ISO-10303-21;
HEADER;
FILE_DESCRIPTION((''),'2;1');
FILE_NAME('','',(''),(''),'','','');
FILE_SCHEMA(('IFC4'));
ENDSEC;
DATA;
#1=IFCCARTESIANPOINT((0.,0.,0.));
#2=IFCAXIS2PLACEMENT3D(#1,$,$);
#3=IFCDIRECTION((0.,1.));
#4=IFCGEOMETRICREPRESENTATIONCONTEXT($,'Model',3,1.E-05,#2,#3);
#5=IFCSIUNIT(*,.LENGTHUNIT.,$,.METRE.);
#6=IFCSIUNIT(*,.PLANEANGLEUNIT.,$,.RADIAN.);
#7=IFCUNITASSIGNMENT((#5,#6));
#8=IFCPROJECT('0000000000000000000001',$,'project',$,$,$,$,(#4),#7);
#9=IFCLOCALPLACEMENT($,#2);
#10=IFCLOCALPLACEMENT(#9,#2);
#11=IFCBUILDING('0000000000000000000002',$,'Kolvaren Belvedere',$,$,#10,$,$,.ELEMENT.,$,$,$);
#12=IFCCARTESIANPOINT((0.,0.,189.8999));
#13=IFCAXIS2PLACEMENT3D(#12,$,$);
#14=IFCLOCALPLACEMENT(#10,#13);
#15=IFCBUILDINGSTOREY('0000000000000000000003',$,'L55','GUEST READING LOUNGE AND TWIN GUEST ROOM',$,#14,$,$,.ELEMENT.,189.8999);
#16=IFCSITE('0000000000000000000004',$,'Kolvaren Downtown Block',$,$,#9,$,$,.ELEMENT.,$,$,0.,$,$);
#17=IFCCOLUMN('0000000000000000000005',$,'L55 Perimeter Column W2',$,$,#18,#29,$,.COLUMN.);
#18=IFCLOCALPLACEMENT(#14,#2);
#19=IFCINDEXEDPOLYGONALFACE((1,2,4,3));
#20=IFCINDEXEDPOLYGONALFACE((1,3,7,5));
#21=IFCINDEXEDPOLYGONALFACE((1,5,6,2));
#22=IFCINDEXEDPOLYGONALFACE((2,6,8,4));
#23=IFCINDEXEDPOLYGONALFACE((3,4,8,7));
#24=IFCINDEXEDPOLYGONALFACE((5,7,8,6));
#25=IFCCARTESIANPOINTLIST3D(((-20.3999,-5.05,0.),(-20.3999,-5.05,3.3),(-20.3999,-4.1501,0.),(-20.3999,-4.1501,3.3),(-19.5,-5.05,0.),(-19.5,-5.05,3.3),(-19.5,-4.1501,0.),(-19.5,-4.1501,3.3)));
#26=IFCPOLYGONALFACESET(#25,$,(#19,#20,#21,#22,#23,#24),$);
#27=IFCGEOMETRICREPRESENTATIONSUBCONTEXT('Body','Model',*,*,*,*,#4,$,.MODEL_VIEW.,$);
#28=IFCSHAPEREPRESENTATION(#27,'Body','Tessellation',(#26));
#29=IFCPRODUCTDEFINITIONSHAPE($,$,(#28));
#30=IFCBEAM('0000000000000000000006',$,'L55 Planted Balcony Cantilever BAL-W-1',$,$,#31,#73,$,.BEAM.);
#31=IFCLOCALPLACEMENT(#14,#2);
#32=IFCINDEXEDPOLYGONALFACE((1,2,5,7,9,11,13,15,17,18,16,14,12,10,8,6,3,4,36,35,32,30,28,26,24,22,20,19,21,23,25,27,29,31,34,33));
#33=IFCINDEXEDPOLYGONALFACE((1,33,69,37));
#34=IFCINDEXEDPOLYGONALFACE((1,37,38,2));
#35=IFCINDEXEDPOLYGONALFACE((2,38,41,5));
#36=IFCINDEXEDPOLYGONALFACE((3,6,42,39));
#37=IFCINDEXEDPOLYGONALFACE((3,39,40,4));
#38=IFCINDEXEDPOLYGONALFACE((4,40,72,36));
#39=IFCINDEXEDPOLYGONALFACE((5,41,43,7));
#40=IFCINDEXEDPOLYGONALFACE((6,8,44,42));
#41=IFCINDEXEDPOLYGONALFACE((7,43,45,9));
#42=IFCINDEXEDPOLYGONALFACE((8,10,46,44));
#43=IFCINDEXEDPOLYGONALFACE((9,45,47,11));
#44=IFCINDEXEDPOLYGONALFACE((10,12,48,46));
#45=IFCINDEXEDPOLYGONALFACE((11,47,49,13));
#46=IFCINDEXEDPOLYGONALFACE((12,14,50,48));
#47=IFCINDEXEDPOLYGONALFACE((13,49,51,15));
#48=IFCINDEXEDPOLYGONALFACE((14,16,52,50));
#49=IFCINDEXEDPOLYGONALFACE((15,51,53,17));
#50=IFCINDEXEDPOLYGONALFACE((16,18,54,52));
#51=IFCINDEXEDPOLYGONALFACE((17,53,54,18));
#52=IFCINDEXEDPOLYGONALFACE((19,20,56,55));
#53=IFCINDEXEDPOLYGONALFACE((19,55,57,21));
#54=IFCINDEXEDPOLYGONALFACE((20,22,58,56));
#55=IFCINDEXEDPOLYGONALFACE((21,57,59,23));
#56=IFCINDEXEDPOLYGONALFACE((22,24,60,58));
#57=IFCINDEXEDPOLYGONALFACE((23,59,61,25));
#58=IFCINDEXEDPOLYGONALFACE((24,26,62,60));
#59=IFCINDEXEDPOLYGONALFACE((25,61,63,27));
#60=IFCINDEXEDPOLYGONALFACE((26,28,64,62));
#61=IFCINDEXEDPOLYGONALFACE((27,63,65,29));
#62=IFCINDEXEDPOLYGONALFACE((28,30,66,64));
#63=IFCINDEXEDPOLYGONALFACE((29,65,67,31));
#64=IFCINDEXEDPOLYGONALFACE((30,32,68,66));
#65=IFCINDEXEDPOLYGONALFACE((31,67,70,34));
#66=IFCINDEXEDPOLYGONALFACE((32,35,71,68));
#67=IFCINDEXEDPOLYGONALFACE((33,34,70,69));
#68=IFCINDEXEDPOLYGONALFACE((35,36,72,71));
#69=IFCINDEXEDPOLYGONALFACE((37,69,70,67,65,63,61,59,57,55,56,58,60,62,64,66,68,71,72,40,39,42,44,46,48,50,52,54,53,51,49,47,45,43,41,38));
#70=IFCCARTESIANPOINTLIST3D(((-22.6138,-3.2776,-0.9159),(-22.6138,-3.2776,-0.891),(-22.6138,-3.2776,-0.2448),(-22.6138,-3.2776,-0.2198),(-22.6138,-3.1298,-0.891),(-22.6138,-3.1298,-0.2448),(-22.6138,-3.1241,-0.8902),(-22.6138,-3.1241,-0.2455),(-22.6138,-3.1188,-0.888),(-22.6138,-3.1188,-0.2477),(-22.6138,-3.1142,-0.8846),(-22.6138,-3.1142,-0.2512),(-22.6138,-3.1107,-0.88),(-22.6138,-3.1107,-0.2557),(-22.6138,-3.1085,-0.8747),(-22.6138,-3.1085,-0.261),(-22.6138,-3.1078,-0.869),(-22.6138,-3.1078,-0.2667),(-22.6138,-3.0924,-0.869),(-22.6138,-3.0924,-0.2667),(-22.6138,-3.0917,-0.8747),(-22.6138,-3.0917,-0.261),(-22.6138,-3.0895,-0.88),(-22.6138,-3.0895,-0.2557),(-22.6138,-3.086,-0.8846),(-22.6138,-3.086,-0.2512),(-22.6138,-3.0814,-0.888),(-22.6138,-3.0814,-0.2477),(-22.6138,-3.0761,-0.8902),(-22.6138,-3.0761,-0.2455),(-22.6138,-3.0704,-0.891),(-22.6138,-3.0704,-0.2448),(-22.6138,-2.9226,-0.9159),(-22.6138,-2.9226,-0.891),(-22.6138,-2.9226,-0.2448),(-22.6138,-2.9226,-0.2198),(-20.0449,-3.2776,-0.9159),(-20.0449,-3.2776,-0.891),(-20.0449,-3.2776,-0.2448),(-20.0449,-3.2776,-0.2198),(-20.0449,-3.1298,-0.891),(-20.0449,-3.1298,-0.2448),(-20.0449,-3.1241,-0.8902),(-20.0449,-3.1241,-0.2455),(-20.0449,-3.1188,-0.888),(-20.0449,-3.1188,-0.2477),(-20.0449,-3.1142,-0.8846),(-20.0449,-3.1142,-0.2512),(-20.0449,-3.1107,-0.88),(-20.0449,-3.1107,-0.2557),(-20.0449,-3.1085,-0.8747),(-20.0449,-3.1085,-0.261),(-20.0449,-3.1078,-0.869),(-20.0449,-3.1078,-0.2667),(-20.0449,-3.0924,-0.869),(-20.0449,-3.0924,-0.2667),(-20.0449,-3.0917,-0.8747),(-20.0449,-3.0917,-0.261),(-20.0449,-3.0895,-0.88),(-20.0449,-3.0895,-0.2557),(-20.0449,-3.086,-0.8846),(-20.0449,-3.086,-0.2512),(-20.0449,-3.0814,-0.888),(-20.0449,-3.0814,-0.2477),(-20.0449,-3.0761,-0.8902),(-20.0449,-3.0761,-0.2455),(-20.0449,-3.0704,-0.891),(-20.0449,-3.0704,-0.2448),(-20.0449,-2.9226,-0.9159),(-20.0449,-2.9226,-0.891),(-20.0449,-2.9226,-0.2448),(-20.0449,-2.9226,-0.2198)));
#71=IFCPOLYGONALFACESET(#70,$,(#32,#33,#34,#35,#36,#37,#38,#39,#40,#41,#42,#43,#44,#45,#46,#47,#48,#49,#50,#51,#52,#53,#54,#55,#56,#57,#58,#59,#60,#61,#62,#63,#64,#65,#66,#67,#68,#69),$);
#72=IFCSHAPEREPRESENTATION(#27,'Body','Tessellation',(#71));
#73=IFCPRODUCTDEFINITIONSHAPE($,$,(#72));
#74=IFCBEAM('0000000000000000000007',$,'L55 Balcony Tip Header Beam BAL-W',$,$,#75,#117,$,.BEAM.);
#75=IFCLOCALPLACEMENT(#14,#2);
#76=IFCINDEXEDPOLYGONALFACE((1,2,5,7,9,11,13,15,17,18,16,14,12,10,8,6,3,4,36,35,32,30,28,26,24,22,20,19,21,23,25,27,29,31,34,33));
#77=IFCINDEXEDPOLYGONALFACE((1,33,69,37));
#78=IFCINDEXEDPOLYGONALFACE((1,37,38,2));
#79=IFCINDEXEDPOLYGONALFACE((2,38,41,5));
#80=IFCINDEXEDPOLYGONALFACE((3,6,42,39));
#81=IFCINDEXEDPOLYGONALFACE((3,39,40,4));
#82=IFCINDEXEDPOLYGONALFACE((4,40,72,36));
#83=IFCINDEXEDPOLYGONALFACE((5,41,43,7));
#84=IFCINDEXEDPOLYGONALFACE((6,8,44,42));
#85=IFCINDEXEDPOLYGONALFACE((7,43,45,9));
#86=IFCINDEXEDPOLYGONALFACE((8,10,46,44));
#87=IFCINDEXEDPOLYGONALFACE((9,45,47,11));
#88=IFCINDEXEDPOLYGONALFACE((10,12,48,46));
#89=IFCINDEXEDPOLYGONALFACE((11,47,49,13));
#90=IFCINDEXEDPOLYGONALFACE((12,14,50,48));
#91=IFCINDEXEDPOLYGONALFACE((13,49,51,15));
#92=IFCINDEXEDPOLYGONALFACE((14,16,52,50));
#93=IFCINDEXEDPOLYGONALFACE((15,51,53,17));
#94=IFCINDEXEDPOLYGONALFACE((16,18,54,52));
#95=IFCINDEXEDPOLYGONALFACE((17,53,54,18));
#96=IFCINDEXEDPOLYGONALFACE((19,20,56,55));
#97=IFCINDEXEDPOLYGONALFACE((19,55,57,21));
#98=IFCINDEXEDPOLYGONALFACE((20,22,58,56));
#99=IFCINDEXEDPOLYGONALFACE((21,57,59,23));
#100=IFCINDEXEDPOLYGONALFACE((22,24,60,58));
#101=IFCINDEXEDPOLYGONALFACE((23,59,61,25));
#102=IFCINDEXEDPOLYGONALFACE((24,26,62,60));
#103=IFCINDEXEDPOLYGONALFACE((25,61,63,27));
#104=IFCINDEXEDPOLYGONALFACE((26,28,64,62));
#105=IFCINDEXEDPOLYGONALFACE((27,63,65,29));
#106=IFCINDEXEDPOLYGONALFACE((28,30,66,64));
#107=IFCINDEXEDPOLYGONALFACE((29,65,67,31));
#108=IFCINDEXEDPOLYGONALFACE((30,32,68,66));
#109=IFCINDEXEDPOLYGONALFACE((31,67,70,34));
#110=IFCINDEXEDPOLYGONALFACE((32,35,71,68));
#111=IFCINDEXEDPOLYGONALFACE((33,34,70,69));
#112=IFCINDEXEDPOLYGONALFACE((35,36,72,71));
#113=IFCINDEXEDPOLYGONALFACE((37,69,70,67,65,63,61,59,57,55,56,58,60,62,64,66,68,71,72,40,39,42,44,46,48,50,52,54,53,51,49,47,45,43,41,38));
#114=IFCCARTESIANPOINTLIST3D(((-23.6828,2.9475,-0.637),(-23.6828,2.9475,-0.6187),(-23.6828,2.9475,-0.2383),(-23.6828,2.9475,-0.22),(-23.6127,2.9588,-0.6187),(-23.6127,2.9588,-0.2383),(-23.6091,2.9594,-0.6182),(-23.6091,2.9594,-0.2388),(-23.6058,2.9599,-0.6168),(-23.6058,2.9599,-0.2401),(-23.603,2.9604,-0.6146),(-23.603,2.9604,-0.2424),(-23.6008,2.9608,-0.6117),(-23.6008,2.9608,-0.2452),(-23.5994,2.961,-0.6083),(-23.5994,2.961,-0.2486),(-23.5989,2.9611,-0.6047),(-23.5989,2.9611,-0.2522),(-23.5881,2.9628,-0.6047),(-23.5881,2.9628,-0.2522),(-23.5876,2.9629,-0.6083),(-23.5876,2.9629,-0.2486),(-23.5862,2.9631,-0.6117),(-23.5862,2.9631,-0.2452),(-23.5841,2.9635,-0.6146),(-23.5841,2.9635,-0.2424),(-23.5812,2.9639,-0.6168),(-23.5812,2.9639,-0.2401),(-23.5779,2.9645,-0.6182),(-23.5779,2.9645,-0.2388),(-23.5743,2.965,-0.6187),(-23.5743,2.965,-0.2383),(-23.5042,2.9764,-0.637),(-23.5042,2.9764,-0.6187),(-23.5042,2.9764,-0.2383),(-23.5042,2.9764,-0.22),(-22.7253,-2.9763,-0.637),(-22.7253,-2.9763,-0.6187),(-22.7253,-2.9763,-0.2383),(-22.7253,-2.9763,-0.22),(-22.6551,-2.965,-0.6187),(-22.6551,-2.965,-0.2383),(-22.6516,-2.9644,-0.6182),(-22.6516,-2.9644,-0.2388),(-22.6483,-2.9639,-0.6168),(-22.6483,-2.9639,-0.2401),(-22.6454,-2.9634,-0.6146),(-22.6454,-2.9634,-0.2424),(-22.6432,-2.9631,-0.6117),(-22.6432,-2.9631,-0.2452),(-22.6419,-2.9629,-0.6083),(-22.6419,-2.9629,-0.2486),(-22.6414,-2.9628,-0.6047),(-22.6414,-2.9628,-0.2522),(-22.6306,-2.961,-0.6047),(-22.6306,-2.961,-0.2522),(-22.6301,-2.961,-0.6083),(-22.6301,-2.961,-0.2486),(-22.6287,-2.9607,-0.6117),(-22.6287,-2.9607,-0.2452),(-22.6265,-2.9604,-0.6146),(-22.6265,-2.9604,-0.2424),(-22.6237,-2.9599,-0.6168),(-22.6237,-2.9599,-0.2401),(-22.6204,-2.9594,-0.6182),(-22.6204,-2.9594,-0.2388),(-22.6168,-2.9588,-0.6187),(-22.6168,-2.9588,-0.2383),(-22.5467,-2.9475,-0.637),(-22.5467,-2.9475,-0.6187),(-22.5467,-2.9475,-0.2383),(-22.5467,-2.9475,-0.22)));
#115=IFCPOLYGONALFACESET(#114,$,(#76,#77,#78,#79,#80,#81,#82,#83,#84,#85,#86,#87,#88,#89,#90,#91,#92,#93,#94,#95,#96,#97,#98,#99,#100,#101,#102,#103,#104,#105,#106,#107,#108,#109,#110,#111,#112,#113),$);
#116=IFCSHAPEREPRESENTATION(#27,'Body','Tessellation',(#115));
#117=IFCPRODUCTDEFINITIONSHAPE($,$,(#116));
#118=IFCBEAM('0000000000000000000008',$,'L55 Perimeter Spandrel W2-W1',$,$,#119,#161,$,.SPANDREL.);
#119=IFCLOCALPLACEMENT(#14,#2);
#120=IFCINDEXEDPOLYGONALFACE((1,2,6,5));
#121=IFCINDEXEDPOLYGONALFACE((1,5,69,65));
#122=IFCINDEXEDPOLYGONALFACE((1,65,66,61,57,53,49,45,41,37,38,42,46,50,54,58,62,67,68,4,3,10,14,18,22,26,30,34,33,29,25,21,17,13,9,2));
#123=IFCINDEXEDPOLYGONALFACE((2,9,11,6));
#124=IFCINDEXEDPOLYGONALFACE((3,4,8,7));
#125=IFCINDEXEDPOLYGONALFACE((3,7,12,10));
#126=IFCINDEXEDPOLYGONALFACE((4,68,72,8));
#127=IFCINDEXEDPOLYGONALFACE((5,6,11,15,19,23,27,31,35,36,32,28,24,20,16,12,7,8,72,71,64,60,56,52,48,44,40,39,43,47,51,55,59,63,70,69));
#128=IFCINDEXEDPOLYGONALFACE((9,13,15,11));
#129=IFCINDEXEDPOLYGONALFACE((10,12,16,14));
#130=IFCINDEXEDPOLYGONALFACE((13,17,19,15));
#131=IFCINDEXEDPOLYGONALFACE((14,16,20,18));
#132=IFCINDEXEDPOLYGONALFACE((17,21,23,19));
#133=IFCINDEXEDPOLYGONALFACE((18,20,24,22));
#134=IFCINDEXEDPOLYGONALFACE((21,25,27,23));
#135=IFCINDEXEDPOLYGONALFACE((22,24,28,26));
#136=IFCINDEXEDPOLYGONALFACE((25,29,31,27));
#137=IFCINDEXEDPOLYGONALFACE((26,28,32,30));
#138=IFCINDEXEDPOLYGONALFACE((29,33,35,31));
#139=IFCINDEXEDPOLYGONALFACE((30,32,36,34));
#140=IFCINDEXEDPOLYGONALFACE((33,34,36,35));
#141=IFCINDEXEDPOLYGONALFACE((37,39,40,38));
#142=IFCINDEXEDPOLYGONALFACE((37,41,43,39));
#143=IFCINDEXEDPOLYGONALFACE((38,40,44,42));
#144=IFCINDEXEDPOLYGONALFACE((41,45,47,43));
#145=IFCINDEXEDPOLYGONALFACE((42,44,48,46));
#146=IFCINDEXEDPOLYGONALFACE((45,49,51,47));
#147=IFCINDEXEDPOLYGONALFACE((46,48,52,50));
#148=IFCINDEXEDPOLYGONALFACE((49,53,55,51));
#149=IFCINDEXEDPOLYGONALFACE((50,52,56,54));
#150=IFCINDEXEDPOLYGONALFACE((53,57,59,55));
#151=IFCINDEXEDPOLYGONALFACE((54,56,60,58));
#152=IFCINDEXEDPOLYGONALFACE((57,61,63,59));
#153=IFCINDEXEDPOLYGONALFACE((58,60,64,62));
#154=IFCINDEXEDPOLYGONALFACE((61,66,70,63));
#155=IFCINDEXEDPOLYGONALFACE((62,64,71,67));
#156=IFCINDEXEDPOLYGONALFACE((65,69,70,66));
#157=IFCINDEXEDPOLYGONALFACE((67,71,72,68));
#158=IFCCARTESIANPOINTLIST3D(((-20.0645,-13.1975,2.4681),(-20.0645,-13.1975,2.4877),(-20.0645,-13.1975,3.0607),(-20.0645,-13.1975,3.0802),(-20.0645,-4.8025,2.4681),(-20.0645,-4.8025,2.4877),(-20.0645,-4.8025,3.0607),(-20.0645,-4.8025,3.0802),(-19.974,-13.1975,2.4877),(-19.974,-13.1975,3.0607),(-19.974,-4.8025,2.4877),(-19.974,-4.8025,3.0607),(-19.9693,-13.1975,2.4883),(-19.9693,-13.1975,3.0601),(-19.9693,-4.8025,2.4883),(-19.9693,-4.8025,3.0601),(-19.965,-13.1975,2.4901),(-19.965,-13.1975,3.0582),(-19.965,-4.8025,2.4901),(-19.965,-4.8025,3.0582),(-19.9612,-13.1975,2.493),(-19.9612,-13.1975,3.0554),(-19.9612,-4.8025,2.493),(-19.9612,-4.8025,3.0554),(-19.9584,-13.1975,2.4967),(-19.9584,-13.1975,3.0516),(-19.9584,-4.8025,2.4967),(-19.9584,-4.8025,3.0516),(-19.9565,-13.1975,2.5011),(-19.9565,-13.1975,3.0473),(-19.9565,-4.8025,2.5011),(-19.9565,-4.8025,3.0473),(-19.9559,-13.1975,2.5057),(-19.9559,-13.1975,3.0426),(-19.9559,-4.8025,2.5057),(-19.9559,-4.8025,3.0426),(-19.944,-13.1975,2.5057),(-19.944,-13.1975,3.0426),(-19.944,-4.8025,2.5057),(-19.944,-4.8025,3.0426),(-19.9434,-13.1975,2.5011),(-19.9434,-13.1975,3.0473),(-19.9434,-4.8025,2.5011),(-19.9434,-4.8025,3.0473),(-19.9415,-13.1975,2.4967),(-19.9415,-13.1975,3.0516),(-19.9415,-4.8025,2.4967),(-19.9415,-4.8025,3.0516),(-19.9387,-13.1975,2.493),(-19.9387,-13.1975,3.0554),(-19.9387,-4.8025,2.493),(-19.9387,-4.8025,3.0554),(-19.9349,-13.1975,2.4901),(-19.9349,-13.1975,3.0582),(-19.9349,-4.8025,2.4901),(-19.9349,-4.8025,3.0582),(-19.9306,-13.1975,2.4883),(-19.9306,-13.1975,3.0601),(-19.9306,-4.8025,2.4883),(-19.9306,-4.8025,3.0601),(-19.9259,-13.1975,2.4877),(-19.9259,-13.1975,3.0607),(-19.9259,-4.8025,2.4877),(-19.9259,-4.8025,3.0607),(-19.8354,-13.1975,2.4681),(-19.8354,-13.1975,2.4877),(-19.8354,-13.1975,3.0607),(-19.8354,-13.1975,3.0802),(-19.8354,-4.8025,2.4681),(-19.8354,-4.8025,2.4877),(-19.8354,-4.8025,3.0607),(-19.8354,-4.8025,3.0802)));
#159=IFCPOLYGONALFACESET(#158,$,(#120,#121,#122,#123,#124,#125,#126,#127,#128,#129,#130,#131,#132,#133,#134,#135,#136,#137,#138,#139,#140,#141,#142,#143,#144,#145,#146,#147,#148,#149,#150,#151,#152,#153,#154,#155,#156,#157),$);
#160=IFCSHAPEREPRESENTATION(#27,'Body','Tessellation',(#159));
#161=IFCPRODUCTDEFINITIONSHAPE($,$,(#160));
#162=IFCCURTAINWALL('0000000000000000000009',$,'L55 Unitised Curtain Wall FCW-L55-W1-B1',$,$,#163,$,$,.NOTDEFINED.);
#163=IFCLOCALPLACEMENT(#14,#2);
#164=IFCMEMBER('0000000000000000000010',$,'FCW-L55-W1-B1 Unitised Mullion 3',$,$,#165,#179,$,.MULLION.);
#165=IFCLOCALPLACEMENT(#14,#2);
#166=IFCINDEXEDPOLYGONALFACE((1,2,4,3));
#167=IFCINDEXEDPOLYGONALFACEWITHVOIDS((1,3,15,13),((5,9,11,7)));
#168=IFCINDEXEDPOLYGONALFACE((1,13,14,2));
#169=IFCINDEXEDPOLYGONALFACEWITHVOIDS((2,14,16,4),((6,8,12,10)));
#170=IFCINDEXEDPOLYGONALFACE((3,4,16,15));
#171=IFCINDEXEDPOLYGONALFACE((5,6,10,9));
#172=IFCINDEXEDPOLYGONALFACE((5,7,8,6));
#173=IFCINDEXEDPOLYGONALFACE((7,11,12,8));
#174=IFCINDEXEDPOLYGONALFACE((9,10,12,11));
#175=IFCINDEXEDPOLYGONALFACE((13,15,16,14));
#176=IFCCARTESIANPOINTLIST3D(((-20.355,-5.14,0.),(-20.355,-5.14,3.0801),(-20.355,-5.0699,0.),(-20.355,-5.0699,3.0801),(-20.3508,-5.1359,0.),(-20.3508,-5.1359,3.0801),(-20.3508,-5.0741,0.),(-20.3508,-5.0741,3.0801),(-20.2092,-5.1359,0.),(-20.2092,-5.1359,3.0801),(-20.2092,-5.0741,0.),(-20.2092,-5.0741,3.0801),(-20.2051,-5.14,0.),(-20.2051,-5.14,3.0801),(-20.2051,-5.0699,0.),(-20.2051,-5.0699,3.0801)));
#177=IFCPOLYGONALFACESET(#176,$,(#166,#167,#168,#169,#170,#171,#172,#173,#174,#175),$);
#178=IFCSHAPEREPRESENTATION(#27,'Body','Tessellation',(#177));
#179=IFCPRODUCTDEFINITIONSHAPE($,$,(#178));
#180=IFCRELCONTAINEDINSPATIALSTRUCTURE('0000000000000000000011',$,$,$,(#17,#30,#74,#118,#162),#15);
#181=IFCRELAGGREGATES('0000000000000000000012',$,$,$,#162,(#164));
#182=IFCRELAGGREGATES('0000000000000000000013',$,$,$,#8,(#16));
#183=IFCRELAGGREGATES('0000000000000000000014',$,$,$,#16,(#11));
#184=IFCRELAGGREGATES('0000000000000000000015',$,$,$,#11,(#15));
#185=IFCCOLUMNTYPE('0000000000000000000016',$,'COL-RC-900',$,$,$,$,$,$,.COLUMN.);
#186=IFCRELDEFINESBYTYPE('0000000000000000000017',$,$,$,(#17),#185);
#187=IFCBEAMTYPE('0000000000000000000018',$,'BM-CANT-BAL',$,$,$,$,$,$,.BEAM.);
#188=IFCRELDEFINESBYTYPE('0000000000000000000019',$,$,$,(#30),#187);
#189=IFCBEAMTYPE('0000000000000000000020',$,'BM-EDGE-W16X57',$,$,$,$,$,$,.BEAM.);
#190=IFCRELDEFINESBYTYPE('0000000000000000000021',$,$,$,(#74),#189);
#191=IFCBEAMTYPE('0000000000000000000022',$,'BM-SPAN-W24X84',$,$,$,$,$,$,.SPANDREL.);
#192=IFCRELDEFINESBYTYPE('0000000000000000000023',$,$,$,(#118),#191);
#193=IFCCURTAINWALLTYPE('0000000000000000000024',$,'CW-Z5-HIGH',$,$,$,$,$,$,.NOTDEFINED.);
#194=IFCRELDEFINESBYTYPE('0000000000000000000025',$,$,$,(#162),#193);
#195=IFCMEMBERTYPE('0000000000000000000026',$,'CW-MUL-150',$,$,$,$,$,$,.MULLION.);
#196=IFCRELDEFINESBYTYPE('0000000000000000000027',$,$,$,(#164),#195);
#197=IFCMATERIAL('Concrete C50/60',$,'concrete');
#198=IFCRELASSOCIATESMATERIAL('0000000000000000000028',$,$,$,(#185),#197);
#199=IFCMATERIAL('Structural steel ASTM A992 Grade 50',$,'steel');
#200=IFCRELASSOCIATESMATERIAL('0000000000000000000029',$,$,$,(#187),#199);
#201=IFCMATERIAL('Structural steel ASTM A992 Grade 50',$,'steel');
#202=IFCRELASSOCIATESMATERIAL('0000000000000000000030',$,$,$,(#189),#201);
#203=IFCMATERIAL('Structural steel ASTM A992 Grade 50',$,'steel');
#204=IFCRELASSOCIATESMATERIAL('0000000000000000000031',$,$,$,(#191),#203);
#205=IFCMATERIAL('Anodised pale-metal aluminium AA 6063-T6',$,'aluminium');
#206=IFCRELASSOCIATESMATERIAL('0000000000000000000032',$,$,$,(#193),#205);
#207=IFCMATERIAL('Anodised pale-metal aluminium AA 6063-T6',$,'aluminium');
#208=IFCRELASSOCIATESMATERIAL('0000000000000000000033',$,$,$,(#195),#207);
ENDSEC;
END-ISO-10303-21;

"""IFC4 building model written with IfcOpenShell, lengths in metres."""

from ifc_helpers import new_model, si_unit, direction, frame, origin, origin_2d, place, context, subcontext, project, spatial, rectangle, hollow_rectangle, i_section, extrude, material, material_profile, profile_set, type_object, element, aggregate, save


model = new_model("IFC4")

# Units and contexts
model_context = context("Model", 3, precision=1e-05, world=origin(), true_north=direction((0.0, 1.0)))
body_context = subcontext(model_context, "Body", "Model", "MODEL_VIEW")
ifc_project = project(units=[si_unit("LENGTHUNIT", "METRE"), si_unit("PLANEANGLEUNIT", "RADIAN")], contexts=[model_context])

# Site, building, storey
site_placement = place(None, origin())
site = spatial("IfcSite", under=ifc_project, at=site_placement, Name="Kolvaren Downtown Block", CompositionType="ELEMENT", RefElevation=0.0)
building_placement = place(site_placement, origin())
building = spatial("IfcBuilding", under=site, at=building_placement, Name="Kolvaren Belvedere", CompositionType="ELEMENT")
storey_placement = place(building_placement, frame((0.0, 0.0, 189.8999)))
storey = spatial("IfcBuildingStorey", under=building, at=storey_placement, Name="L55", Description="GUEST READING LOUNGE AND TWIN GUEST ROOM", CompositionType="ELEMENT", Elevation=189.8999)

# Column
ifc_material_1 = material(Name="Concrete C50/60", Category="concrete")
ifc_material_profile_1 = material_profile(ifc_material_1, rectangle(XDim=0.8999, YDim=0.8999, at=origin_2d()), Name="RC 900X900")
ifc_profile_set_1 = profile_set([ifc_material_profile_1], Name="Concrete C50/60")
column_type = type_object("IfcColumnType", Name="COL-RC-900", PredefinedType="COLUMN", material=ifc_profile_set_1)
column_placement = place(storey_placement, frame((-19.95, -4.6001, 0.0), z_axis=(0.0, 0.0, 1.0), x_axis=(1.0, 0.0, 0.0)))
element("IfcColumn", 1, at=column_placement, inside=storey, type_object=column_type, Name="L55 Perimeter Column W2", PredefinedType="COLUMN", context=body_context, shape_type="SweptSolid", body=[
    extrude(rectangle(XDim=0.8999, YDim=0.8999, at=origin_2d()), origin(), (0.0, 0.0, 1.0), 3.3),
])

# Beams
ifc_material_2 = material(Name="Structural steel ASTM A992 Grade 50", Category="steel")
ifc_material_profile_2 = material_profile(ifc_material_2, i_section(OverallWidth=0.355, OverallDepth=0.696, WebThickness=0.0154, FlangeThickness=0.0249, FilletRadius=0.022, at=origin_2d()), Name="W27X146")
ifc_profile_set_2 = profile_set([ifc_material_profile_2], Name="Structural steel ASTM A992 Grade 50")
beam_type_1 = type_object("IfcBeamType", Name="BM-CANT-BAL", PredefinedType="BEAM", material=ifc_profile_set_2)
beam_1_placement = place(storey_placement, frame((-20.0449, -3.1001, -0.5679), z_axis=(-1.0, 0.0, 0.0), x_axis=(0.0, -1.0, 0.0)))
element("IfcBeam", 2, at=beam_1_placement, inside=storey, type_object=beam_type_1, Name="L55 Planted Balcony Cantilever BAL-W-1", PredefinedType="BEAM", context=body_context, shape_type="SweptSolid", body=[
    extrude(i_section(OverallWidth=0.355, OverallDepth=0.696, WebThickness=0.0154, FlangeThickness=0.0249, FilletRadius=0.022, at=origin_2d()), origin(), (0.0, 0.0, 1.0), 2.5688),
])
ifc_material_3 = material(Name="Structural steel ASTM A992 Grade 50", Category="steel")
ifc_material_profile_3 = material_profile(ifc_material_3, i_section(OverallWidth=0.1809, OverallDepth=0.417, WebThickness=0.011, FlangeThickness=0.0183, FilletRadius=0.0139, at=origin_2d()), Name="W16X57")
ifc_profile_set_3 = profile_set([ifc_material_profile_3], Name="Structural steel ASTM A992 Grade 50")
beam_type_2 = type_object("IfcBeamType", Name="BM-EDGE-W16X57", PredefinedType="BEAM", material=ifc_profile_set_3)
beam_2_placement = place(storey_placement, frame((-22.636, -2.9619, -0.4285), z_axis=(-0.159568, 0.987187, 0.0), x_axis=(-0.987187, -0.159568, 0.0)))
element("IfcBeam", 3, at=beam_2_placement, inside=storey, type_object=beam_type_2, Name="L55 Balcony Tip Header Beam BAL-W", PredefinedType="BEAM", context=body_context, shape_type="SweptSolid", body=[
    extrude(i_section(OverallWidth=0.1809, OverallDepth=0.417, WebThickness=0.011, FlangeThickness=0.0183, FilletRadius=0.0139, at=origin_2d()), origin(), (0.0, 0.0, 1.0), 6.0007),
])
ifc_material_4 = material(Name="Structural steel ASTM A992 Grade 50", Category="steel")
ifc_material_profile_4 = material_profile(ifc_material_4, i_section(OverallWidth=0.229, OverallDepth=0.6121, WebThickness=0.012, FlangeThickness=0.0195, FilletRadius=0.0181, at=origin_2d()), Name="W24X84")
ifc_profile_set_4 = profile_set([ifc_material_profile_4], Name="Structural steel ASTM A992 Grade 50")
beam_type_3 = type_object("IfcBeamType", Name="BM-SPAN-W24X84", PredefinedType="SPANDREL", material=ifc_profile_set_4)
beam_3_placement = place(storey_placement, frame((-19.95, -4.8025, 2.7742), z_axis=(0.0, -1.0, 0.0), x_axis=(1.0, 0.0, 0.0)))
element("IfcBeam", 4, at=beam_3_placement, inside=storey, type_object=beam_type_3, Name="L55 Perimeter Spandrel W2-W1", PredefinedType="SPANDREL", context=body_context, shape_type="SweptSolid", body=[
    extrude(i_section(OverallWidth=0.229, OverallDepth=0.6121, WebThickness=0.012, FlangeThickness=0.0195, FilletRadius=0.0181, at=origin_2d()), origin(), (0.0, 0.0, 1.0), 8.395),
])

# Curtain wall, member
ifc_material_5 = material(Name="Anodised pale-metal aluminium AA 6063-T6", Category="aluminium")
curtain_wall_type = type_object("IfcCurtainWallType", Name="CW-Z5-HIGH", PredefinedType="NOTDEFINED", material=ifc_material_5)
curtain_wall_1_placement = place(storey_placement, origin())
curtain_wall_1 = element("IfcCurtainWall", 5, at=curtain_wall_1_placement, inside=storey, type_object=curtain_wall_type, Name="L55 Unitised Curtain Wall FCW-L55-W1-B1", PredefinedType="NOTDEFINED")
ifc_material_6 = material(Name="Anodised pale-metal aluminium AA 6063-T6", Category="aluminium")
ifc_material_profile_5 = material_profile(ifc_material_6, hollow_rectangle(XDim=0.0701, YDim=0.1499, WallThickness=0.0042, at=origin_2d()), Name="ALU-MUL-150X70")
ifc_profile_set_5 = profile_set([ifc_material_profile_5], Name="Anodised pale-metal aluminium AA 6063-T6")
member_type_1 = type_object("IfcMemberType", Name="CW-MUL-150", PredefinedType="MULLION", material=ifc_profile_set_5)
member_1_placement = place(storey_placement, frame((-20.28, -5.105, 0.0), z_axis=(0.0, 0.0, 1.0), x_axis=(0.0, 1.0, 0.0)))
member_1 = element("IfcMember", 6, at=member_1_placement, type_object=member_type_1, Name="FCW-L55-W1-B1 Unitised Mullion 3", PredefinedType="MULLION", context=body_context, shape_type="SweptSolid", body=[
    extrude(hollow_rectangle(XDim=0.0701, YDim=0.1499, WallThickness=0.0042, at=origin_2d()), origin(), (0.0, 0.0, 1.0), 3.0801),
])
aggregate(curtain_wall_1, [member_1])

save(model, "model.ifc")
